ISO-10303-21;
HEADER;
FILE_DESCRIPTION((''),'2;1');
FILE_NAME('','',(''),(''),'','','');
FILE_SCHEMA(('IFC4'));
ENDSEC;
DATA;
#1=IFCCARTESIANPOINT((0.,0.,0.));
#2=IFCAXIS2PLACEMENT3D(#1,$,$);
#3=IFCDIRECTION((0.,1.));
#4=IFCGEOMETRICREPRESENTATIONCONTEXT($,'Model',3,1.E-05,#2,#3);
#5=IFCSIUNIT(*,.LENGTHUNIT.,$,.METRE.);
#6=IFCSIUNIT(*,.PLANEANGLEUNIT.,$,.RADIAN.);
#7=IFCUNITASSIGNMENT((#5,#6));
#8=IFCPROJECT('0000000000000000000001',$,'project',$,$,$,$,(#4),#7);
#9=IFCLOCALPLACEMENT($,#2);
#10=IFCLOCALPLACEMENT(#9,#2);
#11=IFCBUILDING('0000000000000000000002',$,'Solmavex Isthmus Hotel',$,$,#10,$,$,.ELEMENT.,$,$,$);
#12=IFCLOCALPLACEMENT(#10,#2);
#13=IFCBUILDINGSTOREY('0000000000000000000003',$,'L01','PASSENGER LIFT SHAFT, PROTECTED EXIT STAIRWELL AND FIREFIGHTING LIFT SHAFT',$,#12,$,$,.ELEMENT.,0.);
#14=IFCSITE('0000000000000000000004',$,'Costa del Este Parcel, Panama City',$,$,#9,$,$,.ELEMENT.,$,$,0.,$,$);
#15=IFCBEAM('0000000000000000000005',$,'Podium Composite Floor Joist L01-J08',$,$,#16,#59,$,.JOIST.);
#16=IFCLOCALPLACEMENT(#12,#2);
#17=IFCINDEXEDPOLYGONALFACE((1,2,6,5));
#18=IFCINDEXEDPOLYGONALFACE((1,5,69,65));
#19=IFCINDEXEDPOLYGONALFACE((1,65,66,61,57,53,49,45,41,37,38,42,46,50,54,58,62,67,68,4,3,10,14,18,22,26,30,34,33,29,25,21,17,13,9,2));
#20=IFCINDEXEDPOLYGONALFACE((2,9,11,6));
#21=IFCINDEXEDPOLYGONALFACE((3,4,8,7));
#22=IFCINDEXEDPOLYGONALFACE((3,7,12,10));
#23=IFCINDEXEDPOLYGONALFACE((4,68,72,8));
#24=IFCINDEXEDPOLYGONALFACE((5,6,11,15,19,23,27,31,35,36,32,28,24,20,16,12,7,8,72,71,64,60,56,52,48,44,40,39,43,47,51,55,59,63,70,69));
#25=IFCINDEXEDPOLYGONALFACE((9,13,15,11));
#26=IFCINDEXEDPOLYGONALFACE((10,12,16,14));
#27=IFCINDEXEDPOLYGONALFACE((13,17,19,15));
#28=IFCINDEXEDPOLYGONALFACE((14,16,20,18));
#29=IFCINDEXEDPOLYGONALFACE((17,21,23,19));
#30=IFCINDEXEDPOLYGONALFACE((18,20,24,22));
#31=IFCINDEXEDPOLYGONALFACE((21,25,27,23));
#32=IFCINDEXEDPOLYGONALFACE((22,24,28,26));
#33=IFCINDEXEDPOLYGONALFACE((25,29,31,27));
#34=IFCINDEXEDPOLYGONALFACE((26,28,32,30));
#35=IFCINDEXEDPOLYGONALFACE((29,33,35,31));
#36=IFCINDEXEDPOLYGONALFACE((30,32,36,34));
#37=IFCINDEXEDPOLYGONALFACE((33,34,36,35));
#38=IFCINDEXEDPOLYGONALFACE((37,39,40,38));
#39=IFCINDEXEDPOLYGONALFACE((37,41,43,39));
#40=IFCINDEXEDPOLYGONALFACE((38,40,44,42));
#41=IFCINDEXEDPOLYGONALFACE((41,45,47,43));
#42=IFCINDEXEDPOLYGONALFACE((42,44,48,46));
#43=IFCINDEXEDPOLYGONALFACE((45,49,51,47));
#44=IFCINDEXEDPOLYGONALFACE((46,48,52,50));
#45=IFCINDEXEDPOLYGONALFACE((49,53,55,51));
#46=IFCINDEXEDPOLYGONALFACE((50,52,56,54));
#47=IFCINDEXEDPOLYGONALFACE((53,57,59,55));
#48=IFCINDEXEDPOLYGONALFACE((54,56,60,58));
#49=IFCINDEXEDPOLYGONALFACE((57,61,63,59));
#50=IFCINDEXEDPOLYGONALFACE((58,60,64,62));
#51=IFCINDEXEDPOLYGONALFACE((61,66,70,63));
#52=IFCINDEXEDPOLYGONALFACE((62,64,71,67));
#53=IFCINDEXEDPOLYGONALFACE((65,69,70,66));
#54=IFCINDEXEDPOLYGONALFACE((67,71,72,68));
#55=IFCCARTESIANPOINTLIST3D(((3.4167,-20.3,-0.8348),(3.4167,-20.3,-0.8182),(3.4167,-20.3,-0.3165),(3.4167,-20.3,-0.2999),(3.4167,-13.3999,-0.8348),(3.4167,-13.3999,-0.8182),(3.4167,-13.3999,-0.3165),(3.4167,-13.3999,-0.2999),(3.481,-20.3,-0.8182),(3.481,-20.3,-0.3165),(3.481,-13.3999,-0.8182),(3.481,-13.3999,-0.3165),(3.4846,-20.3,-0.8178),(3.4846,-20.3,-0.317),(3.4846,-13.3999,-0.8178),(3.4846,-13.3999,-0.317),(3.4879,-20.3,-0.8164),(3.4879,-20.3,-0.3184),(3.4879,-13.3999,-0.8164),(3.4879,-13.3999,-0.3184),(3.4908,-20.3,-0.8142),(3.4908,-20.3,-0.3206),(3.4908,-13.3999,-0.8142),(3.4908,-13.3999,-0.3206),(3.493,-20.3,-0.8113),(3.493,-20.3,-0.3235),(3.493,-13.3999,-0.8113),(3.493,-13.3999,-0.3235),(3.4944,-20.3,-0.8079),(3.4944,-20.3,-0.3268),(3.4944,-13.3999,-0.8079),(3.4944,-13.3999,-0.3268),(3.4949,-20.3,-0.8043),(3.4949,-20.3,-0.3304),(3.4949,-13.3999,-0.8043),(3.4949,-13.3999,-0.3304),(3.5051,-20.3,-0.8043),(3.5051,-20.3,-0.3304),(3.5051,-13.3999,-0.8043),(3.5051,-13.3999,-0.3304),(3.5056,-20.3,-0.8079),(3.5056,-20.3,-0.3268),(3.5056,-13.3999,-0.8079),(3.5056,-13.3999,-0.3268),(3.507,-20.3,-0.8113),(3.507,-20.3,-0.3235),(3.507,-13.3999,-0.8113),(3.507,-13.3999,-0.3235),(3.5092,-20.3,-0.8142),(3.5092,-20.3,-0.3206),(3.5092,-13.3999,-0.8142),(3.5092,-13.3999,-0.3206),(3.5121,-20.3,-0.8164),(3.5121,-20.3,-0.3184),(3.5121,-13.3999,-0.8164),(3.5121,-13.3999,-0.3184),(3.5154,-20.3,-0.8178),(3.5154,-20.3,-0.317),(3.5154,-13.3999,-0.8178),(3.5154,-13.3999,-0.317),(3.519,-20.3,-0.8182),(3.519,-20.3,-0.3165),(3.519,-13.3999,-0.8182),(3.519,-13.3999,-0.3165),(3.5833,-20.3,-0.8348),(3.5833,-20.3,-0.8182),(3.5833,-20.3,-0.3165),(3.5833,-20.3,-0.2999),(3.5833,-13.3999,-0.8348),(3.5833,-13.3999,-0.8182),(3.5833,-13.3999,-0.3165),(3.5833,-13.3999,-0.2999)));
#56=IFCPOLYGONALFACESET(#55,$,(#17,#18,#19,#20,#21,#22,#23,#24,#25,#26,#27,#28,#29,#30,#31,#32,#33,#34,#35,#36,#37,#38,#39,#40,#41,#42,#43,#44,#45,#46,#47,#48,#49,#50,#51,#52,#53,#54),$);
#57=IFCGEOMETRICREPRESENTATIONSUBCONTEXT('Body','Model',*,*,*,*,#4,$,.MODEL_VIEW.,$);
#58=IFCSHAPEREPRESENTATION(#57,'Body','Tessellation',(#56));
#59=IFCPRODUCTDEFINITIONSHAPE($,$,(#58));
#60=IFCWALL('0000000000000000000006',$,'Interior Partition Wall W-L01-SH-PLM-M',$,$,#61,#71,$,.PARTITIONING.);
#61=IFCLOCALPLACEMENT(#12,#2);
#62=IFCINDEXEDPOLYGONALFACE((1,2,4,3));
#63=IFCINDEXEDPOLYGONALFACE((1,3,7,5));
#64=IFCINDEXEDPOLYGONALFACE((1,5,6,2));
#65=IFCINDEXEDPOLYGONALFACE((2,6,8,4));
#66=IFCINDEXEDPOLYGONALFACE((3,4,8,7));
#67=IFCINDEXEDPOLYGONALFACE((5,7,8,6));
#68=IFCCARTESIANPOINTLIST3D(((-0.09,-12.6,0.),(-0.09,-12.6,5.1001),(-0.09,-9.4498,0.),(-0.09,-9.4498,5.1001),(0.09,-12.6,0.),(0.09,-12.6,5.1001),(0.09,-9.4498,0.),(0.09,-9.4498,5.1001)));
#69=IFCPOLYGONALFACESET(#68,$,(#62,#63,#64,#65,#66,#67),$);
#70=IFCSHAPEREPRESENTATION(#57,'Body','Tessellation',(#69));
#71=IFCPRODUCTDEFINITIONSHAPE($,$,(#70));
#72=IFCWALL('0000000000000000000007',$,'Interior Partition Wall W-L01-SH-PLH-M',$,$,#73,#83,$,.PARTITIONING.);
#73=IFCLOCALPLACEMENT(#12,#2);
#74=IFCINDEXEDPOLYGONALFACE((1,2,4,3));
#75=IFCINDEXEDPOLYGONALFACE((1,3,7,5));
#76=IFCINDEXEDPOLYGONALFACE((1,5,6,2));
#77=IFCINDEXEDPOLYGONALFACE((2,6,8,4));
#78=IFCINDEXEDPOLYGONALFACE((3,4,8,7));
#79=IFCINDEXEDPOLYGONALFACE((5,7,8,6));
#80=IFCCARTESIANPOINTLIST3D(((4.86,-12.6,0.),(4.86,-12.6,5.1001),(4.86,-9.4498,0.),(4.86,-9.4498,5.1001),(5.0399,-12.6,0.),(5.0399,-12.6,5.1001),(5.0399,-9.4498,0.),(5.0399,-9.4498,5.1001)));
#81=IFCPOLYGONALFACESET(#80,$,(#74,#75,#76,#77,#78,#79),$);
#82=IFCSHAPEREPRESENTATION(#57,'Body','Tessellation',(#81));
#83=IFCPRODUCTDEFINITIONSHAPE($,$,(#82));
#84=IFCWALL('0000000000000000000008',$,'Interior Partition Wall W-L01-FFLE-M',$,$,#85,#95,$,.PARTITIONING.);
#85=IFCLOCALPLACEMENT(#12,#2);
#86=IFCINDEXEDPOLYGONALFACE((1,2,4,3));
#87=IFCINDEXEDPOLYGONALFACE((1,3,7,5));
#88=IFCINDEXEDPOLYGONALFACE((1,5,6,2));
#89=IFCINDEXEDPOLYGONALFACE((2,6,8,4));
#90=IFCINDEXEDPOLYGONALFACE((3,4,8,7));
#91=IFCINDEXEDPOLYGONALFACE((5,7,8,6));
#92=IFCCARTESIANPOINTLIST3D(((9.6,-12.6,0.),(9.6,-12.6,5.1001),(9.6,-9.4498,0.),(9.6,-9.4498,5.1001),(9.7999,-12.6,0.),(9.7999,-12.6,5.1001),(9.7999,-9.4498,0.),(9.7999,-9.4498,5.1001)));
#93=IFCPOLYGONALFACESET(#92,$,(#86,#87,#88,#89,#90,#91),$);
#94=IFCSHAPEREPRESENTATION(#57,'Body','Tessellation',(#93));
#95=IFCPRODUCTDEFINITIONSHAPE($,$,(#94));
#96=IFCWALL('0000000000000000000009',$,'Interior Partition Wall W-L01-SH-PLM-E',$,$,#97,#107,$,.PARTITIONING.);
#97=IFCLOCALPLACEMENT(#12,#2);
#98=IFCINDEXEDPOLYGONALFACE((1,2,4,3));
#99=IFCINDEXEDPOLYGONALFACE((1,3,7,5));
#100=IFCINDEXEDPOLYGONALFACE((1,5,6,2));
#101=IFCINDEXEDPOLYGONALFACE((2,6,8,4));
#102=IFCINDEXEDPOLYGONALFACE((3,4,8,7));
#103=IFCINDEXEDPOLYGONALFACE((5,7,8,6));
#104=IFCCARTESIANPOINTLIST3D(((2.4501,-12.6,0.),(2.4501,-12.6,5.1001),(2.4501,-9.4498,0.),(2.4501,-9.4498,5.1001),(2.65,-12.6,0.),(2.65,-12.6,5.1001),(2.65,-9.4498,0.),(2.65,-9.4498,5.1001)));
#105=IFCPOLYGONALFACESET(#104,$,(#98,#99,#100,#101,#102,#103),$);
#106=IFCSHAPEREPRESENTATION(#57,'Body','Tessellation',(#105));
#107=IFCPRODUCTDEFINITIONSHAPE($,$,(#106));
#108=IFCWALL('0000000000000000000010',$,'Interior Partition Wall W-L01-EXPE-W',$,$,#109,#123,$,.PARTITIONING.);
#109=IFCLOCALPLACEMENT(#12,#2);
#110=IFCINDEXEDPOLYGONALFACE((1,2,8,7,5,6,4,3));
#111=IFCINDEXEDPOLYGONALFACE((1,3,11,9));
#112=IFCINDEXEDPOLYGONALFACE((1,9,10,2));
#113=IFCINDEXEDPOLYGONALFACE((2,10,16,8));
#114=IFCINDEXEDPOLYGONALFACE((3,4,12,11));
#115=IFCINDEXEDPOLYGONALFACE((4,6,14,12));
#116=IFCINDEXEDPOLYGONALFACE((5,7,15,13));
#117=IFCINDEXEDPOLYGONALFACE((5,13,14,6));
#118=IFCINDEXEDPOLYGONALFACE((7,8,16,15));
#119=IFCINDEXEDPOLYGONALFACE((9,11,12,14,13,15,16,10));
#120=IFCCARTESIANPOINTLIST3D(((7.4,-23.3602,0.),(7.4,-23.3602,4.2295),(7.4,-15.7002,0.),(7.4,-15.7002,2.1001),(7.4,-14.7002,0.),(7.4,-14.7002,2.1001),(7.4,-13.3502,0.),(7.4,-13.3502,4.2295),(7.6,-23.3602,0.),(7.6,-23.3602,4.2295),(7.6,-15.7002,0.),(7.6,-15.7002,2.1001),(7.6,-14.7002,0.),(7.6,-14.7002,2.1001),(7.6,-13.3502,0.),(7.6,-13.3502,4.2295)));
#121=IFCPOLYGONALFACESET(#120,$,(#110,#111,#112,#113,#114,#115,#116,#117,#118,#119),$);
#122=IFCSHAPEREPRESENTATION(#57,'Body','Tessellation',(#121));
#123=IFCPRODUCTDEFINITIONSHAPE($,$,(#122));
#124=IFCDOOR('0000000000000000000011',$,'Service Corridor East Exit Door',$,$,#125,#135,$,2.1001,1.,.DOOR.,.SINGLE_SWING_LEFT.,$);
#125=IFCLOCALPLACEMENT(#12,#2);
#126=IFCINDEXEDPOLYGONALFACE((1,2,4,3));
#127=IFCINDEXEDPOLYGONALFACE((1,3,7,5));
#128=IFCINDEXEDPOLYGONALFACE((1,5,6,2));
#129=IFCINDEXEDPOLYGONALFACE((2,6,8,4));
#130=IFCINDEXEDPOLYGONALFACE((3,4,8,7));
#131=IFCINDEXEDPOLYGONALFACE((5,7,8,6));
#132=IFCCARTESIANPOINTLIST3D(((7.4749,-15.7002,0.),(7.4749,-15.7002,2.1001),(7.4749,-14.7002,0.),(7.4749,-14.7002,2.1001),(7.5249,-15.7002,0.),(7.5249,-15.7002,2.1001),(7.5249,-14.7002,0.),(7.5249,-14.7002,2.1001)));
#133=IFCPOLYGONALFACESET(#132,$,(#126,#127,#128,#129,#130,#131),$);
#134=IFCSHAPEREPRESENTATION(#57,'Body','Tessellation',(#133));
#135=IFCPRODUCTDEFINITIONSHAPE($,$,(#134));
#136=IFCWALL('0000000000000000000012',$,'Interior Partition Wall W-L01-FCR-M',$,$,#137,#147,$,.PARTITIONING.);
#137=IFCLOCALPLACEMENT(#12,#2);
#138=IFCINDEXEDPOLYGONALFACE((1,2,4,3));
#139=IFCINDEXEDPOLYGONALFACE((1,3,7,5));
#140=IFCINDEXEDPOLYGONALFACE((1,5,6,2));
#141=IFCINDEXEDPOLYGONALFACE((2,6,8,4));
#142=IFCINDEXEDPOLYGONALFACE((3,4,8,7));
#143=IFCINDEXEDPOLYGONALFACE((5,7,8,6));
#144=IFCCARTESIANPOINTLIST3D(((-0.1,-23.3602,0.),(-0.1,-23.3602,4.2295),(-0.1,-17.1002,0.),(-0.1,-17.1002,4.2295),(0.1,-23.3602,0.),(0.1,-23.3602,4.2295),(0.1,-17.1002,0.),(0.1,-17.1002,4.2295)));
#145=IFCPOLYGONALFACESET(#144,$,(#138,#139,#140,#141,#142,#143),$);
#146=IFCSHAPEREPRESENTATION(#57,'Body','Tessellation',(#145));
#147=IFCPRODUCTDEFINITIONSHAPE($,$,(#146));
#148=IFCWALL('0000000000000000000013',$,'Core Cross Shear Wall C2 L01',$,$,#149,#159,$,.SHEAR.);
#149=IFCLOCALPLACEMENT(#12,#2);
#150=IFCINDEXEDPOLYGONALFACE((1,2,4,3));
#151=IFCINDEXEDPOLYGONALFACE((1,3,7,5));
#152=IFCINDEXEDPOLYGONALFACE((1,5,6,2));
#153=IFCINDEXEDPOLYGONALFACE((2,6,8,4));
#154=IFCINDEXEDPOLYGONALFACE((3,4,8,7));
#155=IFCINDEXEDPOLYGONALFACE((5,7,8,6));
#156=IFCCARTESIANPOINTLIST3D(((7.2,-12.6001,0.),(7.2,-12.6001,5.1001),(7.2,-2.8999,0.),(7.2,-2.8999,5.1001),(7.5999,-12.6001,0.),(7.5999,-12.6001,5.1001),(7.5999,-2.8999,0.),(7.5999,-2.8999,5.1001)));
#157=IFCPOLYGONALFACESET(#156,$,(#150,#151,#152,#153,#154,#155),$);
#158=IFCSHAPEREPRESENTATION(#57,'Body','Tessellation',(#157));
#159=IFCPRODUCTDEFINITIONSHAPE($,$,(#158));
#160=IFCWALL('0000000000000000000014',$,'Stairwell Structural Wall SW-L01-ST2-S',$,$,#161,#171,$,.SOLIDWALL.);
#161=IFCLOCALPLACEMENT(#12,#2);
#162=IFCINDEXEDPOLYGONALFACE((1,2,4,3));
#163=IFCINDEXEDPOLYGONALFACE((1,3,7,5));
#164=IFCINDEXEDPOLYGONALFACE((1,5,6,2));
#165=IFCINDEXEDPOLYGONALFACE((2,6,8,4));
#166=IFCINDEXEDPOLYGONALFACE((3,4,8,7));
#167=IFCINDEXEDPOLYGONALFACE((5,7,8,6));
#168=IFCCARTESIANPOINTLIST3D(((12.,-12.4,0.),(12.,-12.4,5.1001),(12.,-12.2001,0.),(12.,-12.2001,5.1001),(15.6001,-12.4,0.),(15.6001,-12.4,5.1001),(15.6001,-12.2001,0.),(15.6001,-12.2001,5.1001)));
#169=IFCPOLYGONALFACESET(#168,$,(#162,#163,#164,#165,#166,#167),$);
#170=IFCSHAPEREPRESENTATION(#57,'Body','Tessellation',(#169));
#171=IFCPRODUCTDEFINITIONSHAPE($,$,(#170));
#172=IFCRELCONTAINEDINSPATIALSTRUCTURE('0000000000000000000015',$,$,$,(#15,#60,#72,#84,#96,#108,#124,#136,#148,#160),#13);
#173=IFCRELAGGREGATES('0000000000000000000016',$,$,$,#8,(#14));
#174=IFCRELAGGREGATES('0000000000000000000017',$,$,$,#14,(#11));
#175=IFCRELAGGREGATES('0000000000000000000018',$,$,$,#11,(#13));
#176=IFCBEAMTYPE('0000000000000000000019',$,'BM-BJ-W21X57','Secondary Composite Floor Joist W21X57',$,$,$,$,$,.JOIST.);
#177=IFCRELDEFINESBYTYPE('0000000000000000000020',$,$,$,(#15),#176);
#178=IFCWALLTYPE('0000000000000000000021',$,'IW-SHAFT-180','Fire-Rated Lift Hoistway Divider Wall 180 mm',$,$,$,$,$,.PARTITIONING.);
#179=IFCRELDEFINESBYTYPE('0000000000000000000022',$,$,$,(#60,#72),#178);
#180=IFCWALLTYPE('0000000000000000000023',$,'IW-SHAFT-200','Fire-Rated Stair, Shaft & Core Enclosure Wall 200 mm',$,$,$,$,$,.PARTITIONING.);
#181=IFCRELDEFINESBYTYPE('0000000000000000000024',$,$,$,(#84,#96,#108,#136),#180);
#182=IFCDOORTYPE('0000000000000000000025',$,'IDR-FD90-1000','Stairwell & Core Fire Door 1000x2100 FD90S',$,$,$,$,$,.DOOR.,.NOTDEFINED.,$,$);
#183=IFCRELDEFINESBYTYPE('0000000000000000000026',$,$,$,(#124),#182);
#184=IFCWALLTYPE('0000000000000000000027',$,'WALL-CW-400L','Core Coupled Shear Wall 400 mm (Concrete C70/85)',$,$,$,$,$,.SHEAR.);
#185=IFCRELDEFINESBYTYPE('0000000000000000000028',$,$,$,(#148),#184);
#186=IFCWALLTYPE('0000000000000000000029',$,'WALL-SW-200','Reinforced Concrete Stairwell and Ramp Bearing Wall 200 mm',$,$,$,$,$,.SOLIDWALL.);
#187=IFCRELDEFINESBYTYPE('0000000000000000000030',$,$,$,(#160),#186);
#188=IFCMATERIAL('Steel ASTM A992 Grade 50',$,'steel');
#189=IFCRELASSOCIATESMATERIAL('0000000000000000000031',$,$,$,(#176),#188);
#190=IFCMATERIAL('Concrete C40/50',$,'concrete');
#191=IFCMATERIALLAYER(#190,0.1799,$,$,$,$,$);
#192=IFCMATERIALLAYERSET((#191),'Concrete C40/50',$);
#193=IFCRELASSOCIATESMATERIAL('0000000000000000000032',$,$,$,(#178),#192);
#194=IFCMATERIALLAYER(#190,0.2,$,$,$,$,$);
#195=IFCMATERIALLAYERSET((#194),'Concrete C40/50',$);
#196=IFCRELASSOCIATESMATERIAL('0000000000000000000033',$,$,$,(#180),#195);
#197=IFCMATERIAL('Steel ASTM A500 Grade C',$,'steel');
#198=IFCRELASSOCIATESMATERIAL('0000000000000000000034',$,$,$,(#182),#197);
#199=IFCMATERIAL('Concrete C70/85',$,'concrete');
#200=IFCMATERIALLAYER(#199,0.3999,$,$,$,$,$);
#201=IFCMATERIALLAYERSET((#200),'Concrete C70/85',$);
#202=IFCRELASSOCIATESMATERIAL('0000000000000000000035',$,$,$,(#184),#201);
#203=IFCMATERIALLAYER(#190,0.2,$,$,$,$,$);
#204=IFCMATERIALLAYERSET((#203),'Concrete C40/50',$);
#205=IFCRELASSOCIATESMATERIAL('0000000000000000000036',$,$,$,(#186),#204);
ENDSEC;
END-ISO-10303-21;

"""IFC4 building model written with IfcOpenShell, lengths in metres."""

from ifc_helpers import new_model, si_unit, direction, frame, frame_2d, origin, origin_2d, place, context, subcontext, project, spatial, rectangle, i_section, extrude, material, layer, layer_set, material_profile, profile_set, type_object, element, fill, save


model = new_model("IFC4")

# Units and contexts
model_context = context("Model", 3, precision=1e-05, world=origin(), true_north=direction((0.0, 1.0)))
body_context = subcontext(model_context, "Body", "Model", "MODEL_VIEW")
ifc_project = project(units=[si_unit("LENGTHUNIT", "METRE"), si_unit("PLANEANGLEUNIT", "RADIAN")], contexts=[model_context])

# Site, building, storey
site_placement = place(None, origin())
site = spatial("IfcSite", under=ifc_project, at=site_placement, Name="Costa del Este Parcel, Panama City", CompositionType="ELEMENT", RefElevation=0.0)
building_placement = place(site_placement, origin())
building = spatial("IfcBuilding", under=site, at=building_placement, Name="Solmavex Isthmus Hotel", CompositionType="ELEMENT")
storey_placement = place(building_placement, origin())
storey = spatial("IfcBuildingStorey", under=building, at=storey_placement, Name="L01", Description="PASSENGER LIFT SHAFT, PROTECTED EXIT STAIRWELL AND FIREFIGHTING LIFT SHAFT", CompositionType="ELEMENT", Elevation=0.0)

# Shared definitions
ifc_material_1 = material(Name="Concrete C70/85", Category="concrete")

# Beam
ifc_material_2 = material(Name="Steel ASTM A992 Grade 50", Category="steel")
ifc_material_profile_1 = material_profile(ifc_material_2, i_section(OverallWidth=0.1665, OverallDepth=0.5349, WebThickness=0.0103, FlangeThickness=0.0166, FilletRadius=0.0139, at=origin_2d()), Name="W21X57")
ifc_profile_set_1 = profile_set([ifc_material_profile_1], Name="Steel ASTM A992 Grade 50")
beam_type_1 = type_object("IfcBeamType", Name="BM-BJ-W21X57", Description="Secondary Composite Floor Joist W21X57", PredefinedType="JOIST", material=ifc_profile_set_1)
beam_1_placement = place(storey_placement, frame((3.5, -20.3, -0.5674), z_axis=(0.0, 1.0, 0.0), x_axis=(-1.0, 0.0, 0.0)))
element("IfcBeam", 1, at=beam_1_placement, inside=storey, type_object=beam_type_1, Name="Podium Composite Floor Joist L01-J08", PredefinedType="JOIST", context=body_context, shape_type="SweptSolid", body=[
    extrude(i_section(OverallWidth=0.1665, OverallDepth=0.5349, WebThickness=0.0103, FlangeThickness=0.0166, FilletRadius=0.0139, at=origin_2d()), origin(), (0.0, 0.0, 1.0), 6.9001),
])

# Walls
ifc_material_3 = material(Name="Concrete C40/50", Category="concrete")
ifc_layer_1 = layer(ifc_material_3, 0.1799)
ifc_layer_set_1 = layer_set([ifc_layer_1], Name="Concrete C40/50")
wall_type_1 = type_object("IfcWallType", Name="IW-SHAFT-180", Description="Fire-Rated Lift Hoistway Divider Wall 180 mm", PredefinedType="PARTITIONING", material=ifc_layer_set_1)
for number, where, z_axis, x_axis, name in (
    (2, (0.0, -12.6001, 0.0), (0.0, 0.0, 1.0), (0.0, 1.0, 0.0), "Interior Partition Wall W-L01-SH-PLM-M"),
    (3, (4.95, -12.6001, 0.0), (0.0, 0.0, 1.0), (0.0, 1.0, 0.0), "Interior Partition Wall W-L01-SH-PLH-M"),
):
    element("IfcWall", number, at=place(storey_placement, frame(where, z_axis=z_axis, x_axis=x_axis)), inside=storey, type_object=wall_type_1, Name=name, PredefinedType="PARTITIONING", context=body_context, shape_type="SweptSolid", body=[
        extrude(rectangle(XDim=3.1501, YDim=0.1799, at=frame_2d((1.5752, 0.0))), origin(), (0.0, 0.0, 1.0), 5.1001),
    ])
ifc_layer_2 = layer(ifc_material_3, 0.2)
ifc_layer_set_2 = layer_set([ifc_layer_2], Name="Concrete C40/50")
wall_type_2 = type_object("IfcWallType", Name="IW-SHAFT-200", Description="Fire-Rated Stair, Shaft & Core Enclosure Wall 200 mm", PredefinedType="PARTITIONING", material=ifc_layer_set_2)
for number, where, z_axis, x_axis, name in (
    (4, (9.7, -12.6001, 0.0), (0.0, 0.0, 1.0), (0.0, 1.0, 0.0), "Interior Partition Wall W-L01-FFLE-M"),
    (5, (2.55, -12.6001, 0.0), (0.0, 0.0, 1.0), (0.0, 1.0, 0.0), "Interior Partition Wall W-L01-SH-PLM-E"),
):
    element("IfcWall", number, at=place(storey_placement, frame(where, z_axis=z_axis, x_axis=x_axis)), inside=storey, type_object=wall_type_2, Name=name, PredefinedType="PARTITIONING", context=body_context, shape_type="SweptSolid", body=[
        extrude(rectangle(XDim=3.1501, YDim=0.2, at=frame_2d((1.5752, 0.0))), origin(), (0.0, 0.0, 1.0), 5.1001),
    ])

# Wall, opening, door
wall_1_placement = place(storey_placement, frame((7.5, -23.3601, 0.0), z_axis=(0.0, 0.0, 1.0), x_axis=(0.0, 1.0, 0.0)))
wall_1 = element("IfcWall", 6, at=wall_1_placement, inside=storey, type_object=wall_type_2, Name="Interior Partition Wall W-L01-EXPE-W", PredefinedType="PARTITIONING", context=body_context, shape_type="SweptSolid", body=[
    extrude(rectangle(XDim=10.01, YDim=0.2, at=frame_2d((5.0049, 0.0))), origin(), (0.0, 0.0, 1.0), 4.2295),
])
opening_placement = place(wall_1_placement, frame((7.6599, 0.0, 0.0)))
opening = element("IfcOpeningElement", 7, at=opening_placement, cuts=wall_1, PredefinedType="OPENING", context=body_context, shape_type="SweptSolid", body=[
    extrude(rectangle(XDim=1.0, YDim=2.1001, at=frame_2d((0.5, 1.05))), frame((0.0, 0.1099, 0.0), z_axis=(0.0, -1.0, 0.0), x_axis=(1.0, 0.0, 0.0)), (0.0, 0.0, 1.0), 0.22),
])
ifc_material_4 = material(Name="Steel ASTM A500 Grade C", Category="steel")
door_type = type_object("IfcDoorType", Name="IDR-FD90-1000", Description="Stairwell & Core Fire Door 1000x2100 FD90S", OperationType="NOTDEFINED", PredefinedType="DOOR", material=ifc_material_4)
door_placement = place(opening_placement, frame((1.0, 0.0, 0.0), z_axis=(0.0, 0.0, 1.0), x_axis=(-1.0, 0.0, 0.0)))
door = element("IfcDoor", 8, at=door_placement, inside=storey, type_object=door_type, Name="Service Corridor East Exit Door", OperationType="SINGLE_SWING_LEFT", OverallHeight=2.1001, OverallWidth=1.0, PredefinedType="DOOR", context=body_context, shape_type="SweptSolid", body=[
    extrude(rectangle(XDim=1.0, YDim=2.1001, at=frame_2d((0.5, 1.05))), frame((0.0, 0.0249, 0.0), z_axis=(0.0, -1.0, 0.0), x_axis=(1.0, 0.0, 0.0)), (0.0, 0.0, 1.0), 0.05),
])
fill(opening, door)

# Walls
wall_2_placement = place(storey_placement, frame((0.0, -23.3601, 0.0), z_axis=(0.0, 0.0, 1.0), x_axis=(0.0, 1.0, 0.0)))
element("IfcWall", 9, at=wall_2_placement, inside=storey, type_object=wall_type_2, Name="Interior Partition Wall W-L01-FCR-M", PredefinedType="PARTITIONING", context=body_context, shape_type="SweptSolid", body=[
    extrude(rectangle(XDim=6.26, YDim=0.2, at=frame_2d((3.1299, 0.0))), origin(), (0.0, 0.0, 1.0), 4.2295),
])
ifc_layer_3 = layer(ifc_material_1, 0.3999)
ifc_layer_set_3 = layer_set([ifc_layer_3], Name="Concrete C70/85")
wall_type_3 = type_object("IfcWallType", Name="WALL-CW-400L", Description="Core Coupled Shear Wall 400 mm (Concrete C70/85)", PredefinedType="SHEAR", material=ifc_layer_set_3)
wall_3_placement = place(storey_placement, frame((7.3999, -12.6001, 0.0), z_axis=(0.0, 0.0, 1.0), x_axis=(0.0, 1.0, 0.0)))
element("IfcWall", 10, at=wall_3_placement, inside=storey, type_object=wall_type_3, Name="Core Cross Shear Wall C2 L01", PredefinedType="SHEAR", context=body_context, shape_type="SweptSolid", body=[
    extrude(rectangle(XDim=9.7002, YDim=0.3999, at=frame_2d((4.8501, 0.0))), origin(), (0.0, 0.0, 1.0), 5.1001),
])
ifc_layer_4 = layer(ifc_material_3, 0.2)
ifc_layer_set_4 = layer_set([ifc_layer_4], Name="Concrete C40/50")
wall_type_4 = type_object("IfcWallType", Name="WALL-SW-200", Description="Reinforced Concrete Stairwell and Ramp Bearing Wall 200 mm", PredefinedType="SOLIDWALL", material=ifc_layer_set_4)
wall_4_placement = place(storey_placement, frame((12.0, -12.3, 0.0), z_axis=(0.0, 0.0, 1.0), x_axis=(1.0, 0.0, 0.0)))
element("IfcWall", 11, at=wall_4_placement, inside=storey, type_object=wall_type_4, Name="Stairwell Structural Wall SW-L01-ST2-S", PredefinedType="SOLIDWALL", context=body_context, shape_type="SweptSolid", body=[
    extrude(rectangle(XDim=3.6001, YDim=0.2, at=frame_2d((1.8, 0.0))), origin(), (0.0, 0.0, 1.0), 5.1001),
])

save(model, "model.ifc")
